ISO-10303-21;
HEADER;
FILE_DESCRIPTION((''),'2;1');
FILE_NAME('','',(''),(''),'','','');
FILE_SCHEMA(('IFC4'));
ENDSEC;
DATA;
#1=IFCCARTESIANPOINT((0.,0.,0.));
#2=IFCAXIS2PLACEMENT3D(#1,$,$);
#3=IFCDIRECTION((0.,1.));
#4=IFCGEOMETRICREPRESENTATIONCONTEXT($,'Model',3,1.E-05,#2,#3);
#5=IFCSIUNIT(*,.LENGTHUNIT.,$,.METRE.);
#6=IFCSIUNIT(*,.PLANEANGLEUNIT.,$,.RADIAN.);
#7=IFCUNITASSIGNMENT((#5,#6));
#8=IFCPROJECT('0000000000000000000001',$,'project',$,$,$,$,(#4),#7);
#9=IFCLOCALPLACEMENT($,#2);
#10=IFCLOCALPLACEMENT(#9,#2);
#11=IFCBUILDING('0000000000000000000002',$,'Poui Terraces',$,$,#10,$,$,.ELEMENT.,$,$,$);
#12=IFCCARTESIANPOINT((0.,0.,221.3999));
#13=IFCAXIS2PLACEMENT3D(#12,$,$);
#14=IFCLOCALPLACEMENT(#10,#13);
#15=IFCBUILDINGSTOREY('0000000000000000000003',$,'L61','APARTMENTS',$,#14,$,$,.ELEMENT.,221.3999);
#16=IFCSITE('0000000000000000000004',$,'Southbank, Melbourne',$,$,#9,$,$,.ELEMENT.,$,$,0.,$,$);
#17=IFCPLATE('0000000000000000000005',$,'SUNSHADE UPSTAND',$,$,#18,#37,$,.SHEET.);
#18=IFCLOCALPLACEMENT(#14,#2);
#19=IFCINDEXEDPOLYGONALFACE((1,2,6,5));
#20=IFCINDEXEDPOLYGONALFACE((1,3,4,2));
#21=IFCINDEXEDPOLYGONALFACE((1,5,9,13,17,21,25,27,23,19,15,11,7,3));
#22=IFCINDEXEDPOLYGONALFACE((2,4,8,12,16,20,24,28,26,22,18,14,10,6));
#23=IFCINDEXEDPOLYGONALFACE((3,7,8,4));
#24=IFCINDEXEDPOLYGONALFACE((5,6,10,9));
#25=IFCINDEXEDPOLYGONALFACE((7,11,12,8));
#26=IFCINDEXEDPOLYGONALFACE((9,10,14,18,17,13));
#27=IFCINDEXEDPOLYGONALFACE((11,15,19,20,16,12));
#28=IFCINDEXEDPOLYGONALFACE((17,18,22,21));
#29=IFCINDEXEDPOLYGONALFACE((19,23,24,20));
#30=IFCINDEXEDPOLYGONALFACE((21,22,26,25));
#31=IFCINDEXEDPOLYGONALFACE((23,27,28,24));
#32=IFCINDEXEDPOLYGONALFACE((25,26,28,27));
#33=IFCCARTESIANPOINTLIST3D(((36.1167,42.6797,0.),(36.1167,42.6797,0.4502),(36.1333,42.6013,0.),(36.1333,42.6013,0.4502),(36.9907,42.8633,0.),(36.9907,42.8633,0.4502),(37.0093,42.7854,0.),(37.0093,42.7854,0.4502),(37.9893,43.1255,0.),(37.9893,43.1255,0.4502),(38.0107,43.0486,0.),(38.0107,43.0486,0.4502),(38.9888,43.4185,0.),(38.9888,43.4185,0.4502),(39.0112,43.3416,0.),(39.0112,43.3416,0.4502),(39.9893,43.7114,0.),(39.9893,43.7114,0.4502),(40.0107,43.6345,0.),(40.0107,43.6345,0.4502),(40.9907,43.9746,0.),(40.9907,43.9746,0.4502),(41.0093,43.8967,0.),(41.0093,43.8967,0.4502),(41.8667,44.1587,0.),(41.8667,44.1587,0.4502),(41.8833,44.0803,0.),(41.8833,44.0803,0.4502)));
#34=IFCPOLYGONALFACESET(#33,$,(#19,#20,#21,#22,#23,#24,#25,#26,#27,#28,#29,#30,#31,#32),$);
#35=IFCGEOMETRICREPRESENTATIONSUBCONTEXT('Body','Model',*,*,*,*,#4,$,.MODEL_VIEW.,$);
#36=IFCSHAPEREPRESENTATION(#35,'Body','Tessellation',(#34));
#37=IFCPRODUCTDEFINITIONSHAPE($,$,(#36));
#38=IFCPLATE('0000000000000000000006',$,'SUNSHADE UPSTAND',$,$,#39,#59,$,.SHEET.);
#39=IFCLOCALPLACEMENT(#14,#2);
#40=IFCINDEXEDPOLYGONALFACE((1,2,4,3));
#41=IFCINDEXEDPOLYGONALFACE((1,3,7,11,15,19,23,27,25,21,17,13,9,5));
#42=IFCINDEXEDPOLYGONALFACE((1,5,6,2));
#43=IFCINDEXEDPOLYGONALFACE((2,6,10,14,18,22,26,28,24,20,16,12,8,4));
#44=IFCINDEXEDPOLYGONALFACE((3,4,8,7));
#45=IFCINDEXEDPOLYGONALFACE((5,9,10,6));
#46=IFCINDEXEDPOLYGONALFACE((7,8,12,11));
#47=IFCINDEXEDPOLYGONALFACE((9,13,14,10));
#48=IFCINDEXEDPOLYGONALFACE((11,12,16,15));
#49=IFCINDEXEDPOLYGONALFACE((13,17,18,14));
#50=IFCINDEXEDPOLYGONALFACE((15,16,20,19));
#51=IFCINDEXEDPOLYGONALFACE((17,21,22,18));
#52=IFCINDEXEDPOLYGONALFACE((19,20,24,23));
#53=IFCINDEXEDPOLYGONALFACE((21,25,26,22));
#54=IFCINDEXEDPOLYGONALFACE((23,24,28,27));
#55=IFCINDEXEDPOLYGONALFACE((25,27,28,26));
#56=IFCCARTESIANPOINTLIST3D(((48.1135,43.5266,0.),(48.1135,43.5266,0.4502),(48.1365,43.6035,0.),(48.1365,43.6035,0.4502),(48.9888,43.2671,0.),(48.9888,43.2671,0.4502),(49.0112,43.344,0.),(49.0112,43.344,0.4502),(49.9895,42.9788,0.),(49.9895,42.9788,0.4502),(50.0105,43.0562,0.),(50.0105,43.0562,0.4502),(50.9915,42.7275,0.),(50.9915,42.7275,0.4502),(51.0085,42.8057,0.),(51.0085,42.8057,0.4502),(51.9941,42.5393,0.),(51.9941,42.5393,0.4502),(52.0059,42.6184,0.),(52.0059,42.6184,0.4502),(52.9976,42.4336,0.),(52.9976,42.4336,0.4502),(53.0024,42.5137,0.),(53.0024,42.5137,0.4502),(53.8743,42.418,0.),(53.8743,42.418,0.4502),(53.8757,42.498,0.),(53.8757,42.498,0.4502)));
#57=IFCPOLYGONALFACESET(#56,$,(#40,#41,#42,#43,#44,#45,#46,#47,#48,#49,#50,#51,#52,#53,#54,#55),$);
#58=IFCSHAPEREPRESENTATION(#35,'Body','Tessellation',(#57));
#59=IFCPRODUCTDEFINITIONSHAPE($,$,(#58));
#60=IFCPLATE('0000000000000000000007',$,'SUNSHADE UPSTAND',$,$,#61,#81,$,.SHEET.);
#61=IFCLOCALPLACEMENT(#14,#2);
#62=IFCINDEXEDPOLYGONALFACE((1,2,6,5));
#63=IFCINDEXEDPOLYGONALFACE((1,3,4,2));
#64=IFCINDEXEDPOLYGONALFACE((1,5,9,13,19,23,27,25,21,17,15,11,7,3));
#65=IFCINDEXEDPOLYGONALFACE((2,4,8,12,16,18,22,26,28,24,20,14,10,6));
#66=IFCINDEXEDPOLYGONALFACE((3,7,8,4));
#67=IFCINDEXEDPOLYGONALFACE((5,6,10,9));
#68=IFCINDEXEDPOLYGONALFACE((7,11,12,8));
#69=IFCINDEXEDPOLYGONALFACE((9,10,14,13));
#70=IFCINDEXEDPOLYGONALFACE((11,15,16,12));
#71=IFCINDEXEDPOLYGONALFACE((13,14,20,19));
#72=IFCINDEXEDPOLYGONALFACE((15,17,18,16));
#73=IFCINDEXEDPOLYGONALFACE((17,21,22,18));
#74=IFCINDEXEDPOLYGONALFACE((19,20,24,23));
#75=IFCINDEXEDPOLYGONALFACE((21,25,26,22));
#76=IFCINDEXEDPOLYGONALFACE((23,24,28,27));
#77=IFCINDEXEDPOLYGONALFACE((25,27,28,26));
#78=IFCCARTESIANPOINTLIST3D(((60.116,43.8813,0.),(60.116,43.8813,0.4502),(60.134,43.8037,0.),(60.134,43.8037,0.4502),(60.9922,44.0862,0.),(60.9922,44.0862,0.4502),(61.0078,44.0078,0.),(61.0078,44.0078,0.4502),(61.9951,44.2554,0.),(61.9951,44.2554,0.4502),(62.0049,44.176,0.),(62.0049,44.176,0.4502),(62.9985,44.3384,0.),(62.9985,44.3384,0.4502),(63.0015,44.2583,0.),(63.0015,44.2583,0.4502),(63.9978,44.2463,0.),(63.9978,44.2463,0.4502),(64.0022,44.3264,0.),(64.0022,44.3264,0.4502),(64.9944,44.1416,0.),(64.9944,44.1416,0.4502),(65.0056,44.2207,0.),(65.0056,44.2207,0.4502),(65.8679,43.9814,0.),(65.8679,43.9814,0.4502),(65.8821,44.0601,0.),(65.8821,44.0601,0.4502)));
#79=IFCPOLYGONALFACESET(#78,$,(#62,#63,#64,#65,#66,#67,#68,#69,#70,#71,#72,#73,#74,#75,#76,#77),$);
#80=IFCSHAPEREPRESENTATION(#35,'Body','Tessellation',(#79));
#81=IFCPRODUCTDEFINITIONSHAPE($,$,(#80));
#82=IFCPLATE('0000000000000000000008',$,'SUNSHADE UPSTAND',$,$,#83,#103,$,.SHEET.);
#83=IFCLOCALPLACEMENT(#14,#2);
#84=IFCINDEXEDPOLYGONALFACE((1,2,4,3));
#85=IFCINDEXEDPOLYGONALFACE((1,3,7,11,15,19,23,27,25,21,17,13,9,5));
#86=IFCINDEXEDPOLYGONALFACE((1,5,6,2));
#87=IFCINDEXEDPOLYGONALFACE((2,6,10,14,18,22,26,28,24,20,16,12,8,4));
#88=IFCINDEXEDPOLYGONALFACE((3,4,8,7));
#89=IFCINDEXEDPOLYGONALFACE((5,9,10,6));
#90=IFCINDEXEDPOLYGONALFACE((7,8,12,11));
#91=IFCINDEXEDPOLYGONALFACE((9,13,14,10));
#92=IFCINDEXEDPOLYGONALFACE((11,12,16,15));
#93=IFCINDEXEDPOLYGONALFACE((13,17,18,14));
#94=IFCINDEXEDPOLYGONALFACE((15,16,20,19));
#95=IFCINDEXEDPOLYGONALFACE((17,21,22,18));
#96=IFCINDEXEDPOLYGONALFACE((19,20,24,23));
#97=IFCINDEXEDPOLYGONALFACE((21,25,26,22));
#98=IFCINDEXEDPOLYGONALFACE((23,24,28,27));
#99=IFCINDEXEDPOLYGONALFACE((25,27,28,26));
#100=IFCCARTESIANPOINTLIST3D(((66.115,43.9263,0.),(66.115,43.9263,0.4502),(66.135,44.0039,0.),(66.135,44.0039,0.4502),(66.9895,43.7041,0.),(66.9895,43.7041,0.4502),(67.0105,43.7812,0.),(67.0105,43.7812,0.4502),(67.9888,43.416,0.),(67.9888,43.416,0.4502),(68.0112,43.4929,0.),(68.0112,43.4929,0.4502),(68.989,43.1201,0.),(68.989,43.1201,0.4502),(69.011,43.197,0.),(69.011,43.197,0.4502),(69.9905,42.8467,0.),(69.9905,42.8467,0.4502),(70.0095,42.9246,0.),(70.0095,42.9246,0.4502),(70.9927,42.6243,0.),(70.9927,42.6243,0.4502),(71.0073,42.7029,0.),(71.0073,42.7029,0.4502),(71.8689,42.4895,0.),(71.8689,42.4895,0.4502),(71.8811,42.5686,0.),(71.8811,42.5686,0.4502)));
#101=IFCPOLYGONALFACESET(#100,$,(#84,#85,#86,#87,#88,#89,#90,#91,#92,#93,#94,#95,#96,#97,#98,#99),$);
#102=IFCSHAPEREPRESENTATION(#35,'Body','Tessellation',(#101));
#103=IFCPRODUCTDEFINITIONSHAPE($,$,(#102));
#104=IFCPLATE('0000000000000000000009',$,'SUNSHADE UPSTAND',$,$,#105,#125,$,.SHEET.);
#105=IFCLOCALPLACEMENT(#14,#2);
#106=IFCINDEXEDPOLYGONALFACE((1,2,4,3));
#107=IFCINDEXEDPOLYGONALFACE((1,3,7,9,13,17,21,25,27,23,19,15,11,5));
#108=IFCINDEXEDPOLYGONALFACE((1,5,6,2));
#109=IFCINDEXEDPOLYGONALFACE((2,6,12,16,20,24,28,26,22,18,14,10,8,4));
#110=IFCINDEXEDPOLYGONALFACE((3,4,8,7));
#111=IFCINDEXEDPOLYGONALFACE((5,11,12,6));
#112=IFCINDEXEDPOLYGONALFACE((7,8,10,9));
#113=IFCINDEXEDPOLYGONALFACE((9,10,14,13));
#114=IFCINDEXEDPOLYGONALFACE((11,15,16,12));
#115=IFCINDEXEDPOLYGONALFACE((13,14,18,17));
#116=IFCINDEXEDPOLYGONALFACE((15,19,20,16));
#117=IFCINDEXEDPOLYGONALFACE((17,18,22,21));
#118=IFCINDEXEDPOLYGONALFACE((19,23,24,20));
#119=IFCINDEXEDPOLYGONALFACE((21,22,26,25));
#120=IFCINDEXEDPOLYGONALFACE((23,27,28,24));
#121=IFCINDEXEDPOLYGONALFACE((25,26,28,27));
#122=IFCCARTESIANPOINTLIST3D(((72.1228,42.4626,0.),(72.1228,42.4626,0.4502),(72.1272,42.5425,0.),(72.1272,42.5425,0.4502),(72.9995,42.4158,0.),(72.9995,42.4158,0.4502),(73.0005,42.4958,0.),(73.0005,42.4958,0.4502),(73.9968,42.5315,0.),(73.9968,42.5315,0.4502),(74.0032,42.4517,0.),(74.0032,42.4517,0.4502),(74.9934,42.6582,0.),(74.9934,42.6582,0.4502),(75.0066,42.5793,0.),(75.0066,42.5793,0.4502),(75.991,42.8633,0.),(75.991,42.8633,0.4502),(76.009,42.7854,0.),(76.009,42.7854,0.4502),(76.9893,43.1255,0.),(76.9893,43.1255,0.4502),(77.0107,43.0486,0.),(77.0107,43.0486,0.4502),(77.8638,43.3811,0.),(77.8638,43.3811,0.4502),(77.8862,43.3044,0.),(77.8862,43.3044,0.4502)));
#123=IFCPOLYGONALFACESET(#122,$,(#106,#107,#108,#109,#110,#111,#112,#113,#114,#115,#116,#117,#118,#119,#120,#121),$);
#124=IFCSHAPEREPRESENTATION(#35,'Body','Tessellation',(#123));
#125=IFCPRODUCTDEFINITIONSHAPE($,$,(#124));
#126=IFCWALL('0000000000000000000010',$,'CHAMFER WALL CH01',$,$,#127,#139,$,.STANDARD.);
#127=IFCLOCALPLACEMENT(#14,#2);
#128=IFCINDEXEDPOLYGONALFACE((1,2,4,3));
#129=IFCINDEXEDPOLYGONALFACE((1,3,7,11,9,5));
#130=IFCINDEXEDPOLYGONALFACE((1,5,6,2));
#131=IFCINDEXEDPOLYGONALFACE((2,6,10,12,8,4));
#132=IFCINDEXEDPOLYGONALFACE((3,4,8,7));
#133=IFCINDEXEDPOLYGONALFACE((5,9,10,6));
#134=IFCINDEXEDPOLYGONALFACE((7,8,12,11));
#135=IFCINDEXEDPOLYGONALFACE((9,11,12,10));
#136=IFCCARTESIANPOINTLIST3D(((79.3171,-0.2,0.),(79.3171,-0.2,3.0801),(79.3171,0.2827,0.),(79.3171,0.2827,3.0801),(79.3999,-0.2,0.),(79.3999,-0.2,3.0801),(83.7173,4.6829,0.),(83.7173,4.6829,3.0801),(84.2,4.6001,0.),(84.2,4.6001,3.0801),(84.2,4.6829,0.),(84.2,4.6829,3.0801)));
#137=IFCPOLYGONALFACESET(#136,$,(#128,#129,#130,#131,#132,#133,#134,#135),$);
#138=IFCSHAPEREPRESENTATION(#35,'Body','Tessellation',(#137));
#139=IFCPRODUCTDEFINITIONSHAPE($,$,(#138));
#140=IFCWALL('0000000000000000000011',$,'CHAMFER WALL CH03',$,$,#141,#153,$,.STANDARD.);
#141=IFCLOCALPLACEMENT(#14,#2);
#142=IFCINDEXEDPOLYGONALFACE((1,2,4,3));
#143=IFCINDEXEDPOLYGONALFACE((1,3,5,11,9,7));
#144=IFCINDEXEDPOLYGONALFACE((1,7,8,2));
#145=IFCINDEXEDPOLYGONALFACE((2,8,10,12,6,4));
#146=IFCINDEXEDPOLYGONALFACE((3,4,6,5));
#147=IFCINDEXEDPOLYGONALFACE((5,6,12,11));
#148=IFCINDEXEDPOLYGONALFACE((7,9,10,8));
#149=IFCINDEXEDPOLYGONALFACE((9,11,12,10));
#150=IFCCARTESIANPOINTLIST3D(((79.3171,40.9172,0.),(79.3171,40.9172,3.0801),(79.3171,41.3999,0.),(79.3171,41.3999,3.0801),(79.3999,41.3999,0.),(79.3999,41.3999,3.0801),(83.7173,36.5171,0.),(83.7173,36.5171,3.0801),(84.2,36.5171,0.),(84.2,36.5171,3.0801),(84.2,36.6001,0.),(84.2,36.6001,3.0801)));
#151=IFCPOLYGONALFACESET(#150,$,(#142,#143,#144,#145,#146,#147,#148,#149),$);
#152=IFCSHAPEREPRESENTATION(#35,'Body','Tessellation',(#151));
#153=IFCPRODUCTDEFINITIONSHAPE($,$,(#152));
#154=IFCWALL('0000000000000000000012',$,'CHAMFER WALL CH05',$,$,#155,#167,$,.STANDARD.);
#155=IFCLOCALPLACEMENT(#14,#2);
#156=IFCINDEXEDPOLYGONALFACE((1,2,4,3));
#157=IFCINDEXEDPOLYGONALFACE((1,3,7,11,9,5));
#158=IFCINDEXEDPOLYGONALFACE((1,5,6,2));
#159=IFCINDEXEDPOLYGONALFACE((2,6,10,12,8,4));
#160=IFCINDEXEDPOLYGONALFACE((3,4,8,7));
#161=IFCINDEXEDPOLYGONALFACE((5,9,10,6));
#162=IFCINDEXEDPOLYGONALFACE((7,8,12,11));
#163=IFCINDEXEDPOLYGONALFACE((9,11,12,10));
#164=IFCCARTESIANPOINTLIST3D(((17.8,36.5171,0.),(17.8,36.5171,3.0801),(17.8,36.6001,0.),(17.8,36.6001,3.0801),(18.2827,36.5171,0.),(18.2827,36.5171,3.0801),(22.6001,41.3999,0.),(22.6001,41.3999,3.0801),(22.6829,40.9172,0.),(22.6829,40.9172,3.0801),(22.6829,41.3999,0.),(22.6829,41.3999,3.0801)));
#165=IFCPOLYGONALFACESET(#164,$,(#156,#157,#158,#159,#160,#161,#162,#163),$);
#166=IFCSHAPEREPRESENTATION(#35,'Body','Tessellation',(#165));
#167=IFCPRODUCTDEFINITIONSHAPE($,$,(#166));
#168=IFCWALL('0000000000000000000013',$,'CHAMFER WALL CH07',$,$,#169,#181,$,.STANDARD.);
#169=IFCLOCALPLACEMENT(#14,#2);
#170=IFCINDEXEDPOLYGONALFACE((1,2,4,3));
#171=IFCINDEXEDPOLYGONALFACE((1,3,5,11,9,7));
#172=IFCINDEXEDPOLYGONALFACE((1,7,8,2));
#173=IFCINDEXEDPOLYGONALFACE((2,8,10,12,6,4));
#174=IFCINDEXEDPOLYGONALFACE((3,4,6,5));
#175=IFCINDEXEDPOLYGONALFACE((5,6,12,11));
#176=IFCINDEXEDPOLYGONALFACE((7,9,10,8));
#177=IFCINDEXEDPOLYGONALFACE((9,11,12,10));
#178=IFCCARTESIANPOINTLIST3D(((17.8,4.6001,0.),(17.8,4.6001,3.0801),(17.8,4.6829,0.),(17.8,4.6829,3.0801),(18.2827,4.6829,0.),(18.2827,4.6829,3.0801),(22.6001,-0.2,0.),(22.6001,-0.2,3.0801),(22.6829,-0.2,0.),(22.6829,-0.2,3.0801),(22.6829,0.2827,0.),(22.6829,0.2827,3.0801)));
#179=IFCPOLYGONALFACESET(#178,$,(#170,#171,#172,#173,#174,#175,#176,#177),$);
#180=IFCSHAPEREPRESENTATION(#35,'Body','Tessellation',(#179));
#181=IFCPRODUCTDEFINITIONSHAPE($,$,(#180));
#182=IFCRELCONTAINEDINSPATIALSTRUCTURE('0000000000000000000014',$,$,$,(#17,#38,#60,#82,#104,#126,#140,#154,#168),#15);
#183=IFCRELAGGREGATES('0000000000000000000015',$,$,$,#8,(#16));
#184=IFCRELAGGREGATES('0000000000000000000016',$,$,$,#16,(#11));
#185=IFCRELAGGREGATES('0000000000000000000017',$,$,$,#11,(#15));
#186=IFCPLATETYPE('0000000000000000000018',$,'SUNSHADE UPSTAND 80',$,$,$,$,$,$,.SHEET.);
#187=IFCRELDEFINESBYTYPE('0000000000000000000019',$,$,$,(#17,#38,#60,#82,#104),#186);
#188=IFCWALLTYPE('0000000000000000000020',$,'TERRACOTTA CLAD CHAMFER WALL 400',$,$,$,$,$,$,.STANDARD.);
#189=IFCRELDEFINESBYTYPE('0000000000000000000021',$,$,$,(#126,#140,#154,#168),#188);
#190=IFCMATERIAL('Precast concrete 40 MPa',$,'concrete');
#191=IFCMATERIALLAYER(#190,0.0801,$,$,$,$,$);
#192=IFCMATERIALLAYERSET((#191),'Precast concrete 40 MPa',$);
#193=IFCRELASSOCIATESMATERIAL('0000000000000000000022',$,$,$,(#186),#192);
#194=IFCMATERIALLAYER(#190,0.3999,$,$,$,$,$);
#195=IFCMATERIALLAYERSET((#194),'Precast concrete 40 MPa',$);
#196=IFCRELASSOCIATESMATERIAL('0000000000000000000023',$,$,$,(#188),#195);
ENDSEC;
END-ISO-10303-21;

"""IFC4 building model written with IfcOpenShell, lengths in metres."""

from ifc_helpers import new_model, si_unit, direction, frame, origin, place, context, subcontext, project, spatial, polyline, outline, extrude, material, layer, layer_set, type_object, element, save


model = new_model("IFC4")

# Units and contexts
model_context = context("Model", 3, precision=1e-05, world=origin(), true_north=direction((0.0, 1.0)))
body_context = subcontext(model_context, "Body", "Model", "MODEL_VIEW")
ifc_project = project(units=[si_unit("LENGTHUNIT", "METRE"), si_unit("PLANEANGLEUNIT", "RADIAN")], contexts=[model_context])

# Site, building, storey
site_placement = place(None, origin())
site = spatial("IfcSite", under=ifc_project, at=site_placement, Name="Southbank, Melbourne", CompositionType="ELEMENT", RefElevation=0.0)
building_placement = place(site_placement, origin())
building = spatial("IfcBuilding", under=site, at=building_placement, Name="Poui Terraces", CompositionType="ELEMENT")
storey_placement = place(building_placement, frame((0.0, 0.0, 221.3999)))
storey = spatial("IfcBuildingStorey", under=building, at=storey_placement, Name="L61", Description="APARTMENTS", CompositionType="ELEMENT", Elevation=221.3999)

# Shared definitions
ifc_material_1 = material(Name="Precast concrete 40 MPa", Category="concrete")

# Plates
ifc_layer_1 = layer(ifc_material_1, 0.0801)
ifc_layer_set_1 = layer_set([ifc_layer_1], Name="Precast concrete 40 MPa")
plate_type = type_object("IfcPlateType", Name="SUNSHADE UPSTAND 80", PredefinedType="SHEET", material=ifc_layer_set_1)
plate_1_placement = place(storey_placement, origin())
element("IfcPlate", 1, at=plate_1_placement, inside=storey, type_object=plate_type, Name="SUNSHADE UPSTAND", PredefinedType="SHEET", context=body_context, shape_type="SweptSolid", body=[
    extrude(outline(polyline([(36.9907, 42.8633), (36.1167, 42.6797), (36.1333, 42.6013), (37.0093, 42.7854), (38.0107, 43.0486), (39.0112, 43.3416), (40.0107, 43.6345), (41.0093, 43.8967), (41.8833, 44.0803), (41.8667, 44.1587), (40.9907, 43.9746), (39.9893, 43.7114), (38.9888, 43.4185), (37.9893, 43.1255), (36.9907, 42.8633)])), origin(), (0.0, 0.0, 1.0), 0.4502),
])
plate_2_placement = place(storey_placement, origin())
element("IfcPlate", 2, at=plate_2_placement, inside=storey, type_object=plate_type, Name="SUNSHADE UPSTAND", PredefinedType="SHEET", context=body_context, shape_type="SweptSolid", body=[
    extrude(outline(polyline([(49.0112, 43.344), (48.1365, 43.6035), (48.1135, 43.5266), (48.9888, 43.2671), (49.9895, 42.9788), (50.9915, 42.7275), (51.9941, 42.5393), (52.9976, 42.4336), (53.8743, 42.418), (53.8757, 42.498), (53.0024, 42.5137), (52.0059, 42.6184), (51.0085, 42.8057), (50.0105, 43.0562), (49.0112, 43.344)])), origin(), (0.0, 0.0, 1.0), 0.4502),
])
plate_3_placement = place(storey_placement, origin())
element("IfcPlate", 3, at=plate_3_placement, inside=storey, type_object=plate_type, Name="SUNSHADE UPSTAND", PredefinedType="SHEET", context=body_context, shape_type="SweptSolid", body=[
    extrude(outline(polyline([(60.9922, 44.0862), (60.116, 43.8813), (60.134, 43.8037), (61.0078, 44.0078), (62.0049, 44.176), (63.0015, 44.2583), (63.9978, 44.2463), (64.9944, 44.1416), (65.8679, 43.9814), (65.8821, 44.0601), (65.0056, 44.2207), (64.0022, 44.3264), (62.9985, 44.3384), (61.9951, 44.2554), (60.9922, 44.0862)])), origin(), (0.0, 0.0, 1.0), 0.4502),
])
plate_4_placement = place(storey_placement, origin())
element("IfcPlate", 4, at=plate_4_placement, inside=storey, type_object=plate_type, Name="SUNSHADE UPSTAND", PredefinedType="SHEET", context=body_context, shape_type="SweptSolid", body=[
    extrude(outline(polyline([(67.0105, 43.7812), (66.135, 44.0039), (66.115, 43.9263), (66.9895, 43.7041), (67.9888, 43.416), (68.989, 43.1201), (69.9905, 42.8467), (70.9927, 42.6243), (71.8689, 42.4895), (71.8811, 42.5686), (71.0073, 42.7029), (70.0095, 42.9246), (69.011, 43.197), (68.0112, 43.4929), (67.0105, 43.7812)])), origin(), (0.0, 0.0, 1.0), 0.4502),
])
plate_5_placement = place(storey_placement, origin())
element("IfcPlate", 5, at=plate_5_placement, inside=storey, type_object=plate_type, Name="SUNSHADE UPSTAND", PredefinedType="SHEET", context=body_context, shape_type="SweptSolid", body=[
    extrude(outline(polyline([(73.0005, 42.4958), (72.1272, 42.5425), (72.1228, 42.4626), (72.9995, 42.4158), (74.0032, 42.4517), (75.0066, 42.5793), (76.009, 42.7854), (77.0107, 43.0486), (77.8862, 43.3044), (77.8638, 43.3811), (76.9893, 43.1255), (75.991, 42.8633), (74.9934, 42.6582), (73.9968, 42.5315), (73.0005, 42.4958)])), origin(), (0.0, 0.0, 1.0), 0.4502),
])

# Walls
ifc_layer_2 = layer(ifc_material_1, 0.3999)
ifc_layer_set_2 = layer_set([ifc_layer_2], Name="Precast concrete 40 MPa")
wall_type = type_object("IfcWallType", Name="TERRACOTTA CLAD CHAMFER WALL 400", PredefinedType="STANDARD", material=ifc_layer_set_2)
wall_1_placement = place(storey_placement, origin())
element("IfcWall", 6, at=wall_1_placement, inside=storey, type_object=wall_type, Name="CHAMFER WALL CH01", PredefinedType="STANDARD", context=body_context, shape_type="SweptSolid", body=[
    extrude(outline(polyline([(79.3171, -0.2), (79.3999, -0.2), (84.2, 4.6001), (84.2, 4.6829), (83.7173, 4.6829), (79.3171, 0.2827), (79.3171, -0.2)])), origin(), (0.0, 0.0, 1.0), 3.0801),
])
wall_2_placement = place(storey_placement, origin())
element("IfcWall", 7, at=wall_2_placement, inside=storey, type_object=wall_type, Name="CHAMFER WALL CH03", PredefinedType="STANDARD", context=body_context, shape_type="SweptSolid", body=[
    extrude(outline(polyline([(84.2, 36.5171), (84.2, 36.6001), (79.3999, 41.3999), (79.3171, 41.3999), (79.3171, 40.9172), (83.7173, 36.5171), (84.2, 36.5171)])), origin(), (0.0, 0.0, 1.0), 3.0801),
])
wall_3_placement = place(storey_placement, origin())
element("IfcWall", 8, at=wall_3_placement, inside=storey, type_object=wall_type, Name="CHAMFER WALL CH05", PredefinedType="STANDARD", context=body_context, shape_type="SweptSolid", body=[
    extrude(outline(polyline([(22.6829, 41.3999), (22.6001, 41.3999), (17.8, 36.6001), (17.8, 36.5171), (18.2827, 36.5171), (22.6829, 40.9172), (22.6829, 41.3999)])), origin(), (0.0, 0.0, 1.0), 3.0801),
])
wall_4_placement = place(storey_placement, origin())
element("IfcWall", 9, at=wall_4_placement, inside=storey, type_object=wall_type, Name="CHAMFER WALL CH07", PredefinedType="STANDARD", context=body_context, shape_type="SweptSolid", body=[
    extrude(outline(polyline([(17.8, 4.6829), (17.8, 4.6001), (22.6001, -0.2), (22.6829, -0.2), (22.6829, 0.2827), (18.2827, 4.6829), (17.8, 4.6829)])), origin(), (0.0, 0.0, 1.0), 3.0801),
])

save(model, "model.ifc")
